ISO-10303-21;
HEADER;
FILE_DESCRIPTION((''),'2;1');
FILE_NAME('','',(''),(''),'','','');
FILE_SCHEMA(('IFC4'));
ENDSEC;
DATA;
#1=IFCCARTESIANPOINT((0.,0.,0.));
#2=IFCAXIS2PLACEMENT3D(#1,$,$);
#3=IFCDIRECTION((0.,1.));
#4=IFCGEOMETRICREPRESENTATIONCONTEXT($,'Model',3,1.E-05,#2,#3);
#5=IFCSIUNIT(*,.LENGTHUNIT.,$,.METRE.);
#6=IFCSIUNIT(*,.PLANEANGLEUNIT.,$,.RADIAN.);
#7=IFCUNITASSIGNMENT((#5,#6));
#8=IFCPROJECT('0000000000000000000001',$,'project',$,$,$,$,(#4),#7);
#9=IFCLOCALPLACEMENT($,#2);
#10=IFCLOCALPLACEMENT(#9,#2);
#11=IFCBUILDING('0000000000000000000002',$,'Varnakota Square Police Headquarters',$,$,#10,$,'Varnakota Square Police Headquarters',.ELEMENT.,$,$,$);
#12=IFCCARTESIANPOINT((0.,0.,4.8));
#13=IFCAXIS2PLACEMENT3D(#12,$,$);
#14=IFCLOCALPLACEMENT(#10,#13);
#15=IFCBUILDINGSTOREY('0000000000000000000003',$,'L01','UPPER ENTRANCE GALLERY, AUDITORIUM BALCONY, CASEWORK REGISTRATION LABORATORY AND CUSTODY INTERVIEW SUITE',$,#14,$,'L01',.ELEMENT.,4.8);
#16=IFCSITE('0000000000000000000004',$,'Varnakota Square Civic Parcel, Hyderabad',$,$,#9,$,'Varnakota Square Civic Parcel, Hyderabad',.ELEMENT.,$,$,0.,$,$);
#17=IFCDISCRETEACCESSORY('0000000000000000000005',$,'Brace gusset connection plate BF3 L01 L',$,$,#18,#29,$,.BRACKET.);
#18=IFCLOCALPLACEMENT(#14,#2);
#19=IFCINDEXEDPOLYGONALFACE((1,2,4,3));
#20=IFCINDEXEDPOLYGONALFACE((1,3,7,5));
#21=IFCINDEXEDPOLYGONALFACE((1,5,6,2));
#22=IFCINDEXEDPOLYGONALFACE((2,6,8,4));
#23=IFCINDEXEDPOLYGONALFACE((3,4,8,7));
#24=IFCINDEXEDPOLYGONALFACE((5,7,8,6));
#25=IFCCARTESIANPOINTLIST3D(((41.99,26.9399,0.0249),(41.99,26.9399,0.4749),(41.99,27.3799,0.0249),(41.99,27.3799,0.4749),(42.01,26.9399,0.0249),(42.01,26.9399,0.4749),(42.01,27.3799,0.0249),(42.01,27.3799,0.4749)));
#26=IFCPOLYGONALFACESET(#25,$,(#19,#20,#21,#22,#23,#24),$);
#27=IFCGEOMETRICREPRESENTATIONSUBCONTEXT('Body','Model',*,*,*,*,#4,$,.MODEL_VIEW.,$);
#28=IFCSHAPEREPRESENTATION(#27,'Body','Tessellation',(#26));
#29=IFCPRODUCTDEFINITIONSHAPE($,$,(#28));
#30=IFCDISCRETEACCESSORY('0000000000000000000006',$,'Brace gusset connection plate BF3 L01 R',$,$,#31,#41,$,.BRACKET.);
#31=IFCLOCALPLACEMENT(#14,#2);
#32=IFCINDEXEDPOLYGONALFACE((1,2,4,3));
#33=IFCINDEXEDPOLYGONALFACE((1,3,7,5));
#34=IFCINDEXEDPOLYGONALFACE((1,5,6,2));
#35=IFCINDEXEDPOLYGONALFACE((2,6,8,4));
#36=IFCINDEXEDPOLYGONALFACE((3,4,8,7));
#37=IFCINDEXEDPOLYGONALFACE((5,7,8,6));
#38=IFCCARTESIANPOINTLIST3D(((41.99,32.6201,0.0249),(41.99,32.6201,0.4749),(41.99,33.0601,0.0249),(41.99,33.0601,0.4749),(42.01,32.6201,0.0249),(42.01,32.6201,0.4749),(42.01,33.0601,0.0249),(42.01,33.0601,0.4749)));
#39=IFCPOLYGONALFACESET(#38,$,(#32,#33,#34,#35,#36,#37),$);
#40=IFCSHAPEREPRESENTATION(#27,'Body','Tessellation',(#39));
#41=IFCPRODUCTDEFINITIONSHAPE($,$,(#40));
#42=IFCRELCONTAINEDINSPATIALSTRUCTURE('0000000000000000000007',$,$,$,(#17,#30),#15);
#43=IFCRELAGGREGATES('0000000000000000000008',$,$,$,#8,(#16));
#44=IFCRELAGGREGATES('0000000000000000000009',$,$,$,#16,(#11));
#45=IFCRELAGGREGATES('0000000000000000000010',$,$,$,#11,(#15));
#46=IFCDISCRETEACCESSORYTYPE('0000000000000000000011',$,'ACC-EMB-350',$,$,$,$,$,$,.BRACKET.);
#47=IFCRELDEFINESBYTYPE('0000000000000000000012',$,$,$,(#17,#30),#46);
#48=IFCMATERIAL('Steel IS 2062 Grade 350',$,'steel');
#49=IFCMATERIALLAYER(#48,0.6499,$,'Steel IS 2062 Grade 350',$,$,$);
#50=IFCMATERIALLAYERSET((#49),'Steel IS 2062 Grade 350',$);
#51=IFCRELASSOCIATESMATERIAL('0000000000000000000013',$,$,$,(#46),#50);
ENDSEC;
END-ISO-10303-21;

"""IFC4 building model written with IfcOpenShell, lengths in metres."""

from ifc_helpers import new_model, si_unit, direction, frame, origin, origin_2d, place, context, subcontext, project, spatial, rectangle, extrude, material, layer, layer_set, type_object, element, save


model = new_model("IFC4")

# Units and contexts
model_context = context("Model", 3, precision=1e-05, world=origin(), true_north=direction((0.0, 1.0)))
body_context = subcontext(model_context, "Body", "Model", "MODEL_VIEW")
ifc_project = project(units=[si_unit("LENGTHUNIT", "METRE"), si_unit("PLANEANGLEUNIT", "RADIAN")], contexts=[model_context])

# Site, building, storey
site_placement = place(None, origin())
site = spatial("IfcSite", under=ifc_project, at=site_placement, Name="Varnakota Square Civic Parcel, Hyderabad", LongName="Varnakota Square Civic Parcel, Hyderabad", CompositionType="ELEMENT", RefElevation=0.0)
building_placement = place(site_placement, origin())
building = spatial("IfcBuilding", under=site, at=building_placement, Name="Varnakota Square Police Headquarters", LongName="Varnakota Square Police Headquarters", CompositionType="ELEMENT")
storey_placement = place(building_placement, frame((0.0, 0.0, 4.8)))
storey = spatial("IfcBuildingStorey", under=building, at=storey_placement, Name="L01", Description="UPPER ENTRANCE GALLERY, AUDITORIUM BALCONY, CASEWORK REGISTRATION LABORATORY AND CUSTODY INTERVIEW SUITE", LongName="L01", CompositionType="ELEMENT", Elevation=4.8)

# Shared definitions
ifc_material_1 = material(Name="Steel IS 2062 Grade 350", Category="steel")

# Discrete accessories
ifc_layer_1 = layer(ifc_material_1, 0.6499, Name="Steel IS 2062 Grade 350")
ifc_layer_set_1 = layer_set([ifc_layer_1], Name="Steel IS 2062 Grade 350")
discrete_accessory_type = type_object("IfcDiscreteAccessoryType", Name="ACC-EMB-350", PredefinedType="BRACKET", material=ifc_layer_set_1)
for number, where, z_axis, x_axis, name in (
    (1, (42.0, 27.1599, 0.0249), (0.0, 0.0, 1.0), (0.0, 1.0, 0.0), "Brace gusset connection plate BF3 L01 L"),
    (2, (42.0, 32.8401, 0.0249), (0.0, 0.0, 1.0), (0.0, 1.0, 0.0), "Brace gusset connection plate BF3 L01 R"),
):
    element("IfcDiscreteAccessory", number, at=place(storey_placement, frame(where, z_axis=z_axis, x_axis=x_axis)), inside=storey, type_object=discrete_accessory_type, Name=name, PredefinedType="BRACKET", context=body_context, shape_type="SweptSolid", body=[
        extrude(rectangle(XDim=0.4399, YDim=0.02, at=origin_2d()), origin(), (0.0, 0.0, 1.0), 0.45),
    ])

save(model, "model.ifc")
